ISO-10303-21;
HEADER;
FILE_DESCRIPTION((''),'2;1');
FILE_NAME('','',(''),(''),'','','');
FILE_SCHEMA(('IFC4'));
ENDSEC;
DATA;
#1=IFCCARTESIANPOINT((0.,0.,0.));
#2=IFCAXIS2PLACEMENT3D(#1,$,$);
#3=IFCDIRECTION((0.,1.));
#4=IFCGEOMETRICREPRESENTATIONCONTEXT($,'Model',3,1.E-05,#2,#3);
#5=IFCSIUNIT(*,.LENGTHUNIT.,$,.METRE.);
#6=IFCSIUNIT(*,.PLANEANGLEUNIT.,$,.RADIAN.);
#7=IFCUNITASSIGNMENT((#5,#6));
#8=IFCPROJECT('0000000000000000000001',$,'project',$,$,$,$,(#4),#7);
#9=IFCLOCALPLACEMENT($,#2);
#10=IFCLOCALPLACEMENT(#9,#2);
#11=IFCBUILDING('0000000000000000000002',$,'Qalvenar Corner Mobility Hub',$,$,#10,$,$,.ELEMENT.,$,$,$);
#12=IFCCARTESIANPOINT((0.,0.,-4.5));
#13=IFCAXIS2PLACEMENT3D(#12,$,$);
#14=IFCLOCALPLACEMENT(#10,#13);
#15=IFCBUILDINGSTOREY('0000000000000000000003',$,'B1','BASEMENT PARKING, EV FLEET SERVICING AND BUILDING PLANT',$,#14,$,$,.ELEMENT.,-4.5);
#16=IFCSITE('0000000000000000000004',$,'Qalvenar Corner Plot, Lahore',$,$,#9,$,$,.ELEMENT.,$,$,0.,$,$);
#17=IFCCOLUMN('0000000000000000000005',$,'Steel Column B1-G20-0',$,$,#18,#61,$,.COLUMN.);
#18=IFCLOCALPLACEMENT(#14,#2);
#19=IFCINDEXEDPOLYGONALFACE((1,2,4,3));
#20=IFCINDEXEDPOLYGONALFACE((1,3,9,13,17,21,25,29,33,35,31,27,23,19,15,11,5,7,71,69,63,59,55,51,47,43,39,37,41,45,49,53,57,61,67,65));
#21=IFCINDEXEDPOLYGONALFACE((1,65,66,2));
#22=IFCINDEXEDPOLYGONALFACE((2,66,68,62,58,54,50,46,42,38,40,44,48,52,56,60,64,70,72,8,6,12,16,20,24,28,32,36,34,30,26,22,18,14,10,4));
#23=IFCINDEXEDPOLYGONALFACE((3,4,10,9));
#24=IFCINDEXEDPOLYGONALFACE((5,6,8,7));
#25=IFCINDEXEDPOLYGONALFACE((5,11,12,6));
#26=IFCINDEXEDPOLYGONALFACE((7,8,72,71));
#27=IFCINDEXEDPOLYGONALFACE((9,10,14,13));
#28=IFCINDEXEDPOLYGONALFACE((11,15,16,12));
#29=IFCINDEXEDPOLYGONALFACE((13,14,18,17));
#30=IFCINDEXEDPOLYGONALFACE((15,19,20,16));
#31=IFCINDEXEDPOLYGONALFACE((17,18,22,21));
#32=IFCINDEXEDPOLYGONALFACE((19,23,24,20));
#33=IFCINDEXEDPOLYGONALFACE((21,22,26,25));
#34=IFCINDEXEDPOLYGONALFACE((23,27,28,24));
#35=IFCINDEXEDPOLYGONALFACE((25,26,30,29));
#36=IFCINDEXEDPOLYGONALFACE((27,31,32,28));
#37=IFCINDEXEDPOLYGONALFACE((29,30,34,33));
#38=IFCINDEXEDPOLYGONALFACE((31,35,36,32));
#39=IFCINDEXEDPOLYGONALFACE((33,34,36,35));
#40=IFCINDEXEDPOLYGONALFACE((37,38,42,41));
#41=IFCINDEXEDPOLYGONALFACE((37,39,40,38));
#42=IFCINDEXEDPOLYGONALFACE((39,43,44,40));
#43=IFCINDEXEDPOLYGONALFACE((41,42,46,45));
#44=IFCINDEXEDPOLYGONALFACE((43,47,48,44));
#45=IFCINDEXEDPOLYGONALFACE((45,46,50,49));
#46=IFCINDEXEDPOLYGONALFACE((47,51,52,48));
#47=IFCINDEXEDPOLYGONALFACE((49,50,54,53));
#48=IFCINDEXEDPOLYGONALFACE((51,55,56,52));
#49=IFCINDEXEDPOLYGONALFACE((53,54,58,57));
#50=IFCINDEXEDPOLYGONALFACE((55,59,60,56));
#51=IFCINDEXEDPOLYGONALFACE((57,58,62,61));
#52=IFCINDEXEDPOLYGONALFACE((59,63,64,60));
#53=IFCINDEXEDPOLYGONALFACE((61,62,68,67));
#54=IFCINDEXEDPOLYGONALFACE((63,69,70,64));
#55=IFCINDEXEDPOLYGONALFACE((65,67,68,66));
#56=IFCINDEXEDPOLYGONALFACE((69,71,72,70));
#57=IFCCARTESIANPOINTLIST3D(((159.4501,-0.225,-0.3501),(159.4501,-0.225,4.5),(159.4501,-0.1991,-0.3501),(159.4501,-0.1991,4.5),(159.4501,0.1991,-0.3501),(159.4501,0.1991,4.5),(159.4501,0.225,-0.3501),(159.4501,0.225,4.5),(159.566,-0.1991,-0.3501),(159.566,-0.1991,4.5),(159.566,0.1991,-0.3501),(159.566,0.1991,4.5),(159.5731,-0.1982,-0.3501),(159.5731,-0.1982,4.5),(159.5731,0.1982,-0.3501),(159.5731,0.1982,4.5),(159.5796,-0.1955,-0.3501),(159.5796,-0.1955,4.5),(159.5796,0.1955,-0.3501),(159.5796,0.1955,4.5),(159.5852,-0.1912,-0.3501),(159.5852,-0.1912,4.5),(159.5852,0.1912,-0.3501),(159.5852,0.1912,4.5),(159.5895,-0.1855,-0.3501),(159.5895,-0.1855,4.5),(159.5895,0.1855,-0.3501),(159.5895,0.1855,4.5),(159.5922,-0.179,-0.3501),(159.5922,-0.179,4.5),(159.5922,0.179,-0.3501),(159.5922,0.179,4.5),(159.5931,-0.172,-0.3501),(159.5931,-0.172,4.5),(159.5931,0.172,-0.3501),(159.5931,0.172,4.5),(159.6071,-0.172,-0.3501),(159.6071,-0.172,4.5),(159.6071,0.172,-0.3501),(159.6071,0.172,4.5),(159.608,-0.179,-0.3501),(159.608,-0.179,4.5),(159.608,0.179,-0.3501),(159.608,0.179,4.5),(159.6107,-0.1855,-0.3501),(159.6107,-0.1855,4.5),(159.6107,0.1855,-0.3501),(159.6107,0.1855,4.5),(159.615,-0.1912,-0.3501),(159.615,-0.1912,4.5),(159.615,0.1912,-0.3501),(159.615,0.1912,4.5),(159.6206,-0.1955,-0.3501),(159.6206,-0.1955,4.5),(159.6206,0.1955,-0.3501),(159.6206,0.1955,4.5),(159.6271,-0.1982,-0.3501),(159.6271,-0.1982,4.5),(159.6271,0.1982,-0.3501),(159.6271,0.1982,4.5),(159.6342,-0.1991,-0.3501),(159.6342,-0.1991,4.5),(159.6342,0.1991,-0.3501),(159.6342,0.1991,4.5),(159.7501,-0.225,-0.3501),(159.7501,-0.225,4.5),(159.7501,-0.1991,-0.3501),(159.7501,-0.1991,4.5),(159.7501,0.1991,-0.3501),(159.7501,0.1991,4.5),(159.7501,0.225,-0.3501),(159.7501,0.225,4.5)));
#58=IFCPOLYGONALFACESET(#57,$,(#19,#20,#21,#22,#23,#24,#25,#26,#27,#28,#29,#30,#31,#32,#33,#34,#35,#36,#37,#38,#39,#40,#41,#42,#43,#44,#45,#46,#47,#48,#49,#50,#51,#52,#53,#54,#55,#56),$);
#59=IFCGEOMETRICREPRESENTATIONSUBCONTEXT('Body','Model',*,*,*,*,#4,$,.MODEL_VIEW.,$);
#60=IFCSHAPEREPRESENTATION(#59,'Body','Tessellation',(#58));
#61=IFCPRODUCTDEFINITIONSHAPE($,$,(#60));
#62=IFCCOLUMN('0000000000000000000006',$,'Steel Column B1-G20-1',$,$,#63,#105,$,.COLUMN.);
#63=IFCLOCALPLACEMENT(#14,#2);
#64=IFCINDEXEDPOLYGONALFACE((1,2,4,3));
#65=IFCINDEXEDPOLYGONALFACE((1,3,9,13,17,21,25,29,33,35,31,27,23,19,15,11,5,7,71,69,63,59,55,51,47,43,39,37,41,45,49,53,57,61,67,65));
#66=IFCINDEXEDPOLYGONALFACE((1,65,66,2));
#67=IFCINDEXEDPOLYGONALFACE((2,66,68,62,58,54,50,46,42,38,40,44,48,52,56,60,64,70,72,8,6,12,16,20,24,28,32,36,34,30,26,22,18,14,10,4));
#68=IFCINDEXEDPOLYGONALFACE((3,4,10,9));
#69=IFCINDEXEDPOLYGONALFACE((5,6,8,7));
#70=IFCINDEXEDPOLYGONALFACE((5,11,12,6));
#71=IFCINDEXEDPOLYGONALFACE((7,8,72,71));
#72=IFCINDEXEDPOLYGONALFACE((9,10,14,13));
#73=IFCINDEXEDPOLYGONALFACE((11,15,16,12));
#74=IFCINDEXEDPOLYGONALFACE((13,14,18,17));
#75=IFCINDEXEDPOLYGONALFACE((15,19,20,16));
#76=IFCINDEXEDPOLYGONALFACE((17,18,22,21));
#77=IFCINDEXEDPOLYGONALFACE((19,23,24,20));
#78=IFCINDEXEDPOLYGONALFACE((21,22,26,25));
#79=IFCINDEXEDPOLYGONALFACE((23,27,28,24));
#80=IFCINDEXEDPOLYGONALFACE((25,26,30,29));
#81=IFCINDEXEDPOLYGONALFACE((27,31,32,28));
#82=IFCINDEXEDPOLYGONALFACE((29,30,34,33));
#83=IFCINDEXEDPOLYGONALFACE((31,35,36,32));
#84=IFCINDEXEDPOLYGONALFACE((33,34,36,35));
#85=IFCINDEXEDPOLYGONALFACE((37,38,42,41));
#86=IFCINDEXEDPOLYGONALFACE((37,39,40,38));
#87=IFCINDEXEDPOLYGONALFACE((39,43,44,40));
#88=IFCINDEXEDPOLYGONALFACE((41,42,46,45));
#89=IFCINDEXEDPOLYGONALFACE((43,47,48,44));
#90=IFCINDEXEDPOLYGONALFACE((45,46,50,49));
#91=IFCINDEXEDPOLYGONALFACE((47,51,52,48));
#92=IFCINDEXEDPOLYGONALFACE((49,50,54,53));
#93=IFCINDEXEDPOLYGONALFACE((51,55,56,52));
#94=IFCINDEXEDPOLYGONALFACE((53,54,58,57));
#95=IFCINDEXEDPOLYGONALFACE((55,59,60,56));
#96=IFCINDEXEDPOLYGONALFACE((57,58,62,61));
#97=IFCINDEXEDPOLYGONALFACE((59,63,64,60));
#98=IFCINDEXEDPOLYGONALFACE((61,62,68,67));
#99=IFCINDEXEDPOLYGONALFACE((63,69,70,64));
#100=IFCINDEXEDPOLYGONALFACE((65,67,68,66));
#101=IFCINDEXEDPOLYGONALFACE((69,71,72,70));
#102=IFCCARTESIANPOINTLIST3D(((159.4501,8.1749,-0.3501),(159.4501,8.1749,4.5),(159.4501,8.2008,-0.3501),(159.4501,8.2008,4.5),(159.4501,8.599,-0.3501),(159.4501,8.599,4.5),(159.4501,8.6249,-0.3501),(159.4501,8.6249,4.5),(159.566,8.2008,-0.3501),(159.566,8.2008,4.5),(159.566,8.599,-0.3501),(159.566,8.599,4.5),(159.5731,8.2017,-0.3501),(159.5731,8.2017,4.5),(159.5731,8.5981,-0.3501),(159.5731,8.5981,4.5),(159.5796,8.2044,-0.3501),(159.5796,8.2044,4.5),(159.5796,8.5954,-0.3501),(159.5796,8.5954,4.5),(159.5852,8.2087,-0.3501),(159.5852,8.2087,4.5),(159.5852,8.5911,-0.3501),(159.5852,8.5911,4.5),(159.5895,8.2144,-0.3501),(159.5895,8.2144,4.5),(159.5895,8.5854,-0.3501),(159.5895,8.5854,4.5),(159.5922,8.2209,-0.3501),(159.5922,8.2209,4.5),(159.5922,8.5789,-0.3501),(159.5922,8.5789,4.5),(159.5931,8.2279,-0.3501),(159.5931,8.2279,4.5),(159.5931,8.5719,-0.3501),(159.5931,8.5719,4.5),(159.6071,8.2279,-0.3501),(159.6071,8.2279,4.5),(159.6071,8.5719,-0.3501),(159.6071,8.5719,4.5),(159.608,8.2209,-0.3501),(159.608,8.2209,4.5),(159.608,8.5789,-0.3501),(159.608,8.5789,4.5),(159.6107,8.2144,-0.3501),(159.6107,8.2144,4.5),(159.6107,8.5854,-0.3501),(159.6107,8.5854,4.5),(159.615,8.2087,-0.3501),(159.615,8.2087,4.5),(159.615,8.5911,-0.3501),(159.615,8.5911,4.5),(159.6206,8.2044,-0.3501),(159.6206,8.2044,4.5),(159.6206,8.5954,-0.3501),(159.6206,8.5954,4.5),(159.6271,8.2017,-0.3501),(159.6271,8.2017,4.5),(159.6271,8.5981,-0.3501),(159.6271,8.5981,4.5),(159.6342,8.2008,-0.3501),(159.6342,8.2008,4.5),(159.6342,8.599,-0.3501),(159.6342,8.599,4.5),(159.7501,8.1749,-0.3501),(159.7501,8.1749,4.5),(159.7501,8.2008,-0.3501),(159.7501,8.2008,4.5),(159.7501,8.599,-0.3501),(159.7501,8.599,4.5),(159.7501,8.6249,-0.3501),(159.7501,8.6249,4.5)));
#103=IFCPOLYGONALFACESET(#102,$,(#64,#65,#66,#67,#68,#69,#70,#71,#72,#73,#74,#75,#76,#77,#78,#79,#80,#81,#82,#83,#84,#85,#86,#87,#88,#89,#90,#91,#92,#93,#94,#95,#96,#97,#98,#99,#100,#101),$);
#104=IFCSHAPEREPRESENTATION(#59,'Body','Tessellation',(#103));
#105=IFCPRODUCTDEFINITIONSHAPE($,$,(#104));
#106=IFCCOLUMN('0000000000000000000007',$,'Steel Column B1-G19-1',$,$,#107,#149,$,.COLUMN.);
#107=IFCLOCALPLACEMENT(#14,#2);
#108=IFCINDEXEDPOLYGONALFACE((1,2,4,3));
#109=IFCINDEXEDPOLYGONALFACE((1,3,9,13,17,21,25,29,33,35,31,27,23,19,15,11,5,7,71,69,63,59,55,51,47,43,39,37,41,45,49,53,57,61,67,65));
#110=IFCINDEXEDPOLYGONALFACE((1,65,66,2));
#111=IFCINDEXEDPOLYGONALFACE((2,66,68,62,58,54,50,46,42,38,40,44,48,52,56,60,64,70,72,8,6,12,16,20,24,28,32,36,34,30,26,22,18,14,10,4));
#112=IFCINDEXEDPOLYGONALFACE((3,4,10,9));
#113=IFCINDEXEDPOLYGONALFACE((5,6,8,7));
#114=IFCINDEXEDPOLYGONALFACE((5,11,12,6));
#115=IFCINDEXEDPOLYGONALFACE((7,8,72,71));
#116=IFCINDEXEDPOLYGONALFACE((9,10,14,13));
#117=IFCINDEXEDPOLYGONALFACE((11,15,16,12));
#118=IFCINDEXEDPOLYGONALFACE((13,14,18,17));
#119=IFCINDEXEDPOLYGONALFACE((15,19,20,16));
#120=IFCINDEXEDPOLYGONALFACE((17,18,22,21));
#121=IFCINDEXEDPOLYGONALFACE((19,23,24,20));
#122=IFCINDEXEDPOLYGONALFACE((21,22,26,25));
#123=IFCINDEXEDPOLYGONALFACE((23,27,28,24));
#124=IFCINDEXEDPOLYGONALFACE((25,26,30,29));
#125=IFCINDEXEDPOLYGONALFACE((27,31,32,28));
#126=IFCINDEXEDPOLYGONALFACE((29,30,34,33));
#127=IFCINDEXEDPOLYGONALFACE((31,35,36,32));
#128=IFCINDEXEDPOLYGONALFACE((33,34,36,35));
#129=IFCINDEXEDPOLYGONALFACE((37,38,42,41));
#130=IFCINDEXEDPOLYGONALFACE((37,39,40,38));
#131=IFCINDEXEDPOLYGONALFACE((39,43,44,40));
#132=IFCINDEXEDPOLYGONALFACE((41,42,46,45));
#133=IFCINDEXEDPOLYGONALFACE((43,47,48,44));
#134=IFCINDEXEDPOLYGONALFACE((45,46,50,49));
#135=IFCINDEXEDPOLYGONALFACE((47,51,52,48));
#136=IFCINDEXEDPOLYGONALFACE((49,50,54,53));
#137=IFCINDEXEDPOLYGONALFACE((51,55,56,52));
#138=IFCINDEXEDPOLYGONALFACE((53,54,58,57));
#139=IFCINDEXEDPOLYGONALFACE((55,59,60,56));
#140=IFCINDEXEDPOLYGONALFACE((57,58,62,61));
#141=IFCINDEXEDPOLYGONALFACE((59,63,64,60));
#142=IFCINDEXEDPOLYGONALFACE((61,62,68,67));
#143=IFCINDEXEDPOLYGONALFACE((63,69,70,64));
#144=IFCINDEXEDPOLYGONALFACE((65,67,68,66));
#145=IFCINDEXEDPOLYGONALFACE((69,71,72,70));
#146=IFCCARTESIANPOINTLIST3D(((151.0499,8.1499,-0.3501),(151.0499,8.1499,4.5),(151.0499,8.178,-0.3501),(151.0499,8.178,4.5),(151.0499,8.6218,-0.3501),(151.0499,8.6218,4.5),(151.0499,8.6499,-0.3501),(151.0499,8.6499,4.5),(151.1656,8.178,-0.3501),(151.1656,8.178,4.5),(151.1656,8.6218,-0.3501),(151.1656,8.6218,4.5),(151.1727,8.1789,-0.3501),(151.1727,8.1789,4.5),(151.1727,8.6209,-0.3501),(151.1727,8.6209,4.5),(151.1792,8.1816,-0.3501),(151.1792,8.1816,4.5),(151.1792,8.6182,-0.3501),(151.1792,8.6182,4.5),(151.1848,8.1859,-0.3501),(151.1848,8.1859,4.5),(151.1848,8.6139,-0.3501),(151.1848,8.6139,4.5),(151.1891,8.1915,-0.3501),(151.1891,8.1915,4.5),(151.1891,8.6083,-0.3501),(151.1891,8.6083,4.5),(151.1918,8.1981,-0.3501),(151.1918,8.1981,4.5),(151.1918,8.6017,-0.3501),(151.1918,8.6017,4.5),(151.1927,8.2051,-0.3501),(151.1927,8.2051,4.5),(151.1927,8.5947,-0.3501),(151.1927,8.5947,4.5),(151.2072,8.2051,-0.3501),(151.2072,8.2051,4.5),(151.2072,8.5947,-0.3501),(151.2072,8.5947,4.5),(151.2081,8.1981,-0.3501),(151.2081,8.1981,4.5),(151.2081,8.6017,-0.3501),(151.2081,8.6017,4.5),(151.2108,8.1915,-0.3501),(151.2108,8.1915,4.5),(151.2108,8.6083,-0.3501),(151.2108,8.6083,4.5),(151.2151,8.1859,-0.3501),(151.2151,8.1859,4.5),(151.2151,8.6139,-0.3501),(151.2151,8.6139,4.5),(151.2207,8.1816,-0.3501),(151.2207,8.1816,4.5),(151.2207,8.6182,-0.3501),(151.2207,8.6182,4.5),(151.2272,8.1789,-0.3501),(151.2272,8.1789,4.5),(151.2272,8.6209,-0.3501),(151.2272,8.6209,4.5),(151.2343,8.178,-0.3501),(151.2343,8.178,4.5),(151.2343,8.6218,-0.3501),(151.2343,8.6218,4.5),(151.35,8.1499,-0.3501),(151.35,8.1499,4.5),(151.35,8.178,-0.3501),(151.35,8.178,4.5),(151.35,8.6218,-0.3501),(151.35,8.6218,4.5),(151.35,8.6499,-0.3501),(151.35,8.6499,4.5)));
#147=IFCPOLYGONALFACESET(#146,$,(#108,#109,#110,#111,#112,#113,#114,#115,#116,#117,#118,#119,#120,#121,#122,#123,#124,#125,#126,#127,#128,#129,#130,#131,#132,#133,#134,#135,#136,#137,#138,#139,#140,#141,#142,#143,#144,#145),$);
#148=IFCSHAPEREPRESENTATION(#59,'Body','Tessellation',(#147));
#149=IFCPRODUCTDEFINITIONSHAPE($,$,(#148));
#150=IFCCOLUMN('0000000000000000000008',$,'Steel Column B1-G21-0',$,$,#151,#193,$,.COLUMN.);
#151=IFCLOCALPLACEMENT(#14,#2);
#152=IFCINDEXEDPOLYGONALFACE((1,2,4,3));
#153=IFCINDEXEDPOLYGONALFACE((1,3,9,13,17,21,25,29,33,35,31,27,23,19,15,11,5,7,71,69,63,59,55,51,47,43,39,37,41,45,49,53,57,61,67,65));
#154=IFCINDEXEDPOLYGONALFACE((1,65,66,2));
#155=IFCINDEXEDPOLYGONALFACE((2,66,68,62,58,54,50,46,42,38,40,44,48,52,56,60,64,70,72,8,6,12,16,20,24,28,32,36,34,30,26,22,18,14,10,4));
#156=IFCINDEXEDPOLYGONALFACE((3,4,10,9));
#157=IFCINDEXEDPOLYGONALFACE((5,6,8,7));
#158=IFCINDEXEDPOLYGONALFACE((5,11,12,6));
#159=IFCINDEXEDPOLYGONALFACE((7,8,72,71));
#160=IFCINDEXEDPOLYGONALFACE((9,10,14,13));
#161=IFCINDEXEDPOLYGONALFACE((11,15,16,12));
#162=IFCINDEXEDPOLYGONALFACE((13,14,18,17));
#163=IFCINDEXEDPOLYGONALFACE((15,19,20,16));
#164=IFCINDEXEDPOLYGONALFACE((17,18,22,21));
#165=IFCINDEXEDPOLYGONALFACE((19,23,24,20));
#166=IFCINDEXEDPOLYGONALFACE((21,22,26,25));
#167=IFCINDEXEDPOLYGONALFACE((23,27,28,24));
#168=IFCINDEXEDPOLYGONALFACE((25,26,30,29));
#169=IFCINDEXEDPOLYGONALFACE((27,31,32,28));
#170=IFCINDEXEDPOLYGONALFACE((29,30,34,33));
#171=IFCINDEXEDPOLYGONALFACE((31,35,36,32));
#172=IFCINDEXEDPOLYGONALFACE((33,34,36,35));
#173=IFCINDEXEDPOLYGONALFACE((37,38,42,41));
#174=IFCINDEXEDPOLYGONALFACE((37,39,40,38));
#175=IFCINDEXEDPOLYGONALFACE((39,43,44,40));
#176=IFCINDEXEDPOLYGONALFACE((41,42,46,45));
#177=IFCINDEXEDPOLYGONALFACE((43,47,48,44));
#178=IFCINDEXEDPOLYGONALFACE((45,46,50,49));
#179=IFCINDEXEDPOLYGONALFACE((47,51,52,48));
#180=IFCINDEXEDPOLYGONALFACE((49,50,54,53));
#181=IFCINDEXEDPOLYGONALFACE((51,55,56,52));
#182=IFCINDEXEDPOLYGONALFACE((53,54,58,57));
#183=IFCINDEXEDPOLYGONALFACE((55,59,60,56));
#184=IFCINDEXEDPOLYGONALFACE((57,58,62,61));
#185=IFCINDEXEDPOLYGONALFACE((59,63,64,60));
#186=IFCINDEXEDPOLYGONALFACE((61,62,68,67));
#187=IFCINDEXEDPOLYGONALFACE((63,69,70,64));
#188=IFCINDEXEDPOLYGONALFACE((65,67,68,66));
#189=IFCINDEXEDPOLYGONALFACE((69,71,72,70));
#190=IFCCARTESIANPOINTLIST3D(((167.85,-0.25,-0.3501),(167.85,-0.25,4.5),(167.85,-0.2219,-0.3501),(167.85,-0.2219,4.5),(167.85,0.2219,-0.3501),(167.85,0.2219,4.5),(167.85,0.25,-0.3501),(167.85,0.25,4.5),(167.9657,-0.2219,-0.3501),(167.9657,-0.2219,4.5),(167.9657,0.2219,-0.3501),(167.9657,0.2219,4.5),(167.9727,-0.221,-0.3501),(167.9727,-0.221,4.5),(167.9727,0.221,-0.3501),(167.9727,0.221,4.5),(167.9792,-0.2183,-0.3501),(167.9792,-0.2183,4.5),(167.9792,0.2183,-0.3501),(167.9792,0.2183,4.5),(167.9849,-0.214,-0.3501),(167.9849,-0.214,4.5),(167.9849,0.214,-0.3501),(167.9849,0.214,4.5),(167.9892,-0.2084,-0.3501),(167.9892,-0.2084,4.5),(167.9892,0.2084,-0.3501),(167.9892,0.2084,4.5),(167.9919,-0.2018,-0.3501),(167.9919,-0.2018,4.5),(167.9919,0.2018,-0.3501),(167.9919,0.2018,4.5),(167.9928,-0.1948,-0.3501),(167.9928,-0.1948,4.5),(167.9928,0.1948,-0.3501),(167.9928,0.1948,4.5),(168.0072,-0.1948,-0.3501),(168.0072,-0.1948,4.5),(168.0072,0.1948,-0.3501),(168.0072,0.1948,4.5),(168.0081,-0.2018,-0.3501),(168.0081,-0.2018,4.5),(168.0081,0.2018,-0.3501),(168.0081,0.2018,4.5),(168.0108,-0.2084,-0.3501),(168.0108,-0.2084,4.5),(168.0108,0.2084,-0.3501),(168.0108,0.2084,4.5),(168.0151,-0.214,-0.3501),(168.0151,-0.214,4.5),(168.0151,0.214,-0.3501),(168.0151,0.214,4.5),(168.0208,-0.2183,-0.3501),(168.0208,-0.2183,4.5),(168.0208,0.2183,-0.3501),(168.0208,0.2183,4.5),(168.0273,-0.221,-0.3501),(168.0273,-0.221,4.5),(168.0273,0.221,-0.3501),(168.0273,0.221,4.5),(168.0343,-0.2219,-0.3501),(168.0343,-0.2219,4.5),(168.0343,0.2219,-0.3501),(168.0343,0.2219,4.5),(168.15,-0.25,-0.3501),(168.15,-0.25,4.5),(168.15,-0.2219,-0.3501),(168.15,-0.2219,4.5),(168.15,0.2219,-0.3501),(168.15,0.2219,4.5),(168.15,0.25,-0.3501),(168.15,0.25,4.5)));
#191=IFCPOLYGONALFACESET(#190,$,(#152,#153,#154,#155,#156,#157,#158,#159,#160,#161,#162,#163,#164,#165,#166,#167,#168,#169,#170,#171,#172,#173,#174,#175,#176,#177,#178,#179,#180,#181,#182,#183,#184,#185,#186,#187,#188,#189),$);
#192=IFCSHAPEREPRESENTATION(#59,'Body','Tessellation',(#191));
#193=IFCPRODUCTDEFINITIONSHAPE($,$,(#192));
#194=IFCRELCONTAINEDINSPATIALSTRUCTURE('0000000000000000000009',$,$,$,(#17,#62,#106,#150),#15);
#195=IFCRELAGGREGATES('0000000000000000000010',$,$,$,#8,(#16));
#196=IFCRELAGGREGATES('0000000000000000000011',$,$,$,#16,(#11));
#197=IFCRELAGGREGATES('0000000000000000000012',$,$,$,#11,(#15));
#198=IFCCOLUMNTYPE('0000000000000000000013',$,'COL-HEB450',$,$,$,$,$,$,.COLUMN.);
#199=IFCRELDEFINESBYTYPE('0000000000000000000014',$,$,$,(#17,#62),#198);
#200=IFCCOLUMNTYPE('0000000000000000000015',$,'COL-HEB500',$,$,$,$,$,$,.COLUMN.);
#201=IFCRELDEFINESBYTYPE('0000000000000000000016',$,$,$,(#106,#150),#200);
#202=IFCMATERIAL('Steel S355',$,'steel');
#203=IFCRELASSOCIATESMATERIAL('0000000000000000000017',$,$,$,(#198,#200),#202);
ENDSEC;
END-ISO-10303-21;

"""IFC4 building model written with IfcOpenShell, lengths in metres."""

from ifc_helpers import new_model, si_unit, direction, frame, origin, origin_2d, place, context, subcontext, project, spatial, i_section, extrude, material, material_profile, profile_set, type_object, element, save


model = new_model("IFC4")

# Units and contexts
model_context = context("Model", 3, precision=1e-05, world=origin(), true_north=direction((0.0, 1.0)))
body_context = subcontext(model_context, "Body", "Model", "MODEL_VIEW")
ifc_project = project(units=[si_unit("LENGTHUNIT", "METRE"), si_unit("PLANEANGLEUNIT", "RADIAN")], contexts=[model_context])

# Site, building, storey
site_placement = place(None, origin())
site = spatial("IfcSite", under=ifc_project, at=site_placement, Name="Qalvenar Corner Plot, Lahore", CompositionType="ELEMENT", RefElevation=0.0)
building_placement = place(site_placement, origin())
building = spatial("IfcBuilding", under=site, at=building_placement, Name="Qalvenar Corner Mobility Hub", CompositionType="ELEMENT")
storey_placement = place(building_placement, frame((0.0, 0.0, -4.5)))
storey = spatial("IfcBuildingStorey", under=building, at=storey_placement, Name="B1", Description="BASEMENT PARKING, EV FLEET SERVICING AND BUILDING PLANT", CompositionType="ELEMENT", Elevation=-4.5)

# Columns
ifc_material_1 = material(Name="Steel S355", Category="steel")
ifc_material_profile_1 = material_profile(ifc_material_1, i_section(OverallWidth=0.3, OverallDepth=0.45, WebThickness=0.0139, FlangeThickness=0.0259, FilletRadius=0.0271, at=origin_2d()), Name="HEB450")
ifc_profile_set_1 = profile_set([ifc_material_profile_1], Name="Steel S355")
column_type_1 = type_object("IfcColumnType", Name="COL-HEB450", PredefinedType="COLUMN", material=ifc_profile_set_1)
for number, where, z_axis, x_axis, name in (
    (1, (159.6001, 0.0, -0.3501), (0.0, 0.0, 1.0), (1.0, 0.0, 0.0), "Steel Column B1-G20-0"),
    (2, (159.6001, 8.3999, -0.3501), (0.0, 0.0, 1.0), (1.0, 0.0, 0.0), "Steel Column B1-G20-1"),
):
    element("IfcColumn", number, at=place(storey_placement, frame(where, z_axis=z_axis, x_axis=x_axis)), inside=storey, type_object=column_type_1, Name=name, PredefinedType="COLUMN", context=body_context, shape_type="SweptSolid", body=[
        extrude(i_section(OverallWidth=0.3, OverallDepth=0.45, WebThickness=0.0139, FlangeThickness=0.0259, FilletRadius=0.0271, at=origin_2d()), origin(), (0.0, 0.0, 1.0), 4.8501),
    ])
ifc_material_profile_2 = material_profile(ifc_material_1, i_section(OverallWidth=0.3, OverallDepth=0.5, WebThickness=0.0144, FlangeThickness=0.0281, FilletRadius=0.0271, at=origin_2d()), Name="HEB500")
ifc_profile_set_2 = profile_set([ifc_material_profile_2], Name="Steel S355")
column_type_2 = type_object("IfcColumnType", Name="COL-HEB500", PredefinedType="COLUMN", material=ifc_profile_set_2)
for number, where, z_axis, x_axis, name in (
    (3, (151.2, 8.3999, -0.3501), (0.0, 0.0, 1.0), (1.0, 0.0, 0.0), "Steel Column B1-G19-1"),
    (4, (168.0, 0.0, -0.3501), (0.0, 0.0, 1.0), (1.0, 0.0, 0.0), "Steel Column B1-G21-0"),
):
    element("IfcColumn", number, at=place(storey_placement, frame(where, z_axis=z_axis, x_axis=x_axis)), inside=storey, type_object=column_type_2, Name=name, PredefinedType="COLUMN", context=body_context, shape_type="SweptSolid", body=[
        extrude(i_section(OverallWidth=0.3, OverallDepth=0.5, WebThickness=0.0144, FlangeThickness=0.0281, FilletRadius=0.0271, at=origin_2d()), origin(), (0.0, 0.0, 1.0), 4.8501),
    ])

save(model, "model.ifc")
